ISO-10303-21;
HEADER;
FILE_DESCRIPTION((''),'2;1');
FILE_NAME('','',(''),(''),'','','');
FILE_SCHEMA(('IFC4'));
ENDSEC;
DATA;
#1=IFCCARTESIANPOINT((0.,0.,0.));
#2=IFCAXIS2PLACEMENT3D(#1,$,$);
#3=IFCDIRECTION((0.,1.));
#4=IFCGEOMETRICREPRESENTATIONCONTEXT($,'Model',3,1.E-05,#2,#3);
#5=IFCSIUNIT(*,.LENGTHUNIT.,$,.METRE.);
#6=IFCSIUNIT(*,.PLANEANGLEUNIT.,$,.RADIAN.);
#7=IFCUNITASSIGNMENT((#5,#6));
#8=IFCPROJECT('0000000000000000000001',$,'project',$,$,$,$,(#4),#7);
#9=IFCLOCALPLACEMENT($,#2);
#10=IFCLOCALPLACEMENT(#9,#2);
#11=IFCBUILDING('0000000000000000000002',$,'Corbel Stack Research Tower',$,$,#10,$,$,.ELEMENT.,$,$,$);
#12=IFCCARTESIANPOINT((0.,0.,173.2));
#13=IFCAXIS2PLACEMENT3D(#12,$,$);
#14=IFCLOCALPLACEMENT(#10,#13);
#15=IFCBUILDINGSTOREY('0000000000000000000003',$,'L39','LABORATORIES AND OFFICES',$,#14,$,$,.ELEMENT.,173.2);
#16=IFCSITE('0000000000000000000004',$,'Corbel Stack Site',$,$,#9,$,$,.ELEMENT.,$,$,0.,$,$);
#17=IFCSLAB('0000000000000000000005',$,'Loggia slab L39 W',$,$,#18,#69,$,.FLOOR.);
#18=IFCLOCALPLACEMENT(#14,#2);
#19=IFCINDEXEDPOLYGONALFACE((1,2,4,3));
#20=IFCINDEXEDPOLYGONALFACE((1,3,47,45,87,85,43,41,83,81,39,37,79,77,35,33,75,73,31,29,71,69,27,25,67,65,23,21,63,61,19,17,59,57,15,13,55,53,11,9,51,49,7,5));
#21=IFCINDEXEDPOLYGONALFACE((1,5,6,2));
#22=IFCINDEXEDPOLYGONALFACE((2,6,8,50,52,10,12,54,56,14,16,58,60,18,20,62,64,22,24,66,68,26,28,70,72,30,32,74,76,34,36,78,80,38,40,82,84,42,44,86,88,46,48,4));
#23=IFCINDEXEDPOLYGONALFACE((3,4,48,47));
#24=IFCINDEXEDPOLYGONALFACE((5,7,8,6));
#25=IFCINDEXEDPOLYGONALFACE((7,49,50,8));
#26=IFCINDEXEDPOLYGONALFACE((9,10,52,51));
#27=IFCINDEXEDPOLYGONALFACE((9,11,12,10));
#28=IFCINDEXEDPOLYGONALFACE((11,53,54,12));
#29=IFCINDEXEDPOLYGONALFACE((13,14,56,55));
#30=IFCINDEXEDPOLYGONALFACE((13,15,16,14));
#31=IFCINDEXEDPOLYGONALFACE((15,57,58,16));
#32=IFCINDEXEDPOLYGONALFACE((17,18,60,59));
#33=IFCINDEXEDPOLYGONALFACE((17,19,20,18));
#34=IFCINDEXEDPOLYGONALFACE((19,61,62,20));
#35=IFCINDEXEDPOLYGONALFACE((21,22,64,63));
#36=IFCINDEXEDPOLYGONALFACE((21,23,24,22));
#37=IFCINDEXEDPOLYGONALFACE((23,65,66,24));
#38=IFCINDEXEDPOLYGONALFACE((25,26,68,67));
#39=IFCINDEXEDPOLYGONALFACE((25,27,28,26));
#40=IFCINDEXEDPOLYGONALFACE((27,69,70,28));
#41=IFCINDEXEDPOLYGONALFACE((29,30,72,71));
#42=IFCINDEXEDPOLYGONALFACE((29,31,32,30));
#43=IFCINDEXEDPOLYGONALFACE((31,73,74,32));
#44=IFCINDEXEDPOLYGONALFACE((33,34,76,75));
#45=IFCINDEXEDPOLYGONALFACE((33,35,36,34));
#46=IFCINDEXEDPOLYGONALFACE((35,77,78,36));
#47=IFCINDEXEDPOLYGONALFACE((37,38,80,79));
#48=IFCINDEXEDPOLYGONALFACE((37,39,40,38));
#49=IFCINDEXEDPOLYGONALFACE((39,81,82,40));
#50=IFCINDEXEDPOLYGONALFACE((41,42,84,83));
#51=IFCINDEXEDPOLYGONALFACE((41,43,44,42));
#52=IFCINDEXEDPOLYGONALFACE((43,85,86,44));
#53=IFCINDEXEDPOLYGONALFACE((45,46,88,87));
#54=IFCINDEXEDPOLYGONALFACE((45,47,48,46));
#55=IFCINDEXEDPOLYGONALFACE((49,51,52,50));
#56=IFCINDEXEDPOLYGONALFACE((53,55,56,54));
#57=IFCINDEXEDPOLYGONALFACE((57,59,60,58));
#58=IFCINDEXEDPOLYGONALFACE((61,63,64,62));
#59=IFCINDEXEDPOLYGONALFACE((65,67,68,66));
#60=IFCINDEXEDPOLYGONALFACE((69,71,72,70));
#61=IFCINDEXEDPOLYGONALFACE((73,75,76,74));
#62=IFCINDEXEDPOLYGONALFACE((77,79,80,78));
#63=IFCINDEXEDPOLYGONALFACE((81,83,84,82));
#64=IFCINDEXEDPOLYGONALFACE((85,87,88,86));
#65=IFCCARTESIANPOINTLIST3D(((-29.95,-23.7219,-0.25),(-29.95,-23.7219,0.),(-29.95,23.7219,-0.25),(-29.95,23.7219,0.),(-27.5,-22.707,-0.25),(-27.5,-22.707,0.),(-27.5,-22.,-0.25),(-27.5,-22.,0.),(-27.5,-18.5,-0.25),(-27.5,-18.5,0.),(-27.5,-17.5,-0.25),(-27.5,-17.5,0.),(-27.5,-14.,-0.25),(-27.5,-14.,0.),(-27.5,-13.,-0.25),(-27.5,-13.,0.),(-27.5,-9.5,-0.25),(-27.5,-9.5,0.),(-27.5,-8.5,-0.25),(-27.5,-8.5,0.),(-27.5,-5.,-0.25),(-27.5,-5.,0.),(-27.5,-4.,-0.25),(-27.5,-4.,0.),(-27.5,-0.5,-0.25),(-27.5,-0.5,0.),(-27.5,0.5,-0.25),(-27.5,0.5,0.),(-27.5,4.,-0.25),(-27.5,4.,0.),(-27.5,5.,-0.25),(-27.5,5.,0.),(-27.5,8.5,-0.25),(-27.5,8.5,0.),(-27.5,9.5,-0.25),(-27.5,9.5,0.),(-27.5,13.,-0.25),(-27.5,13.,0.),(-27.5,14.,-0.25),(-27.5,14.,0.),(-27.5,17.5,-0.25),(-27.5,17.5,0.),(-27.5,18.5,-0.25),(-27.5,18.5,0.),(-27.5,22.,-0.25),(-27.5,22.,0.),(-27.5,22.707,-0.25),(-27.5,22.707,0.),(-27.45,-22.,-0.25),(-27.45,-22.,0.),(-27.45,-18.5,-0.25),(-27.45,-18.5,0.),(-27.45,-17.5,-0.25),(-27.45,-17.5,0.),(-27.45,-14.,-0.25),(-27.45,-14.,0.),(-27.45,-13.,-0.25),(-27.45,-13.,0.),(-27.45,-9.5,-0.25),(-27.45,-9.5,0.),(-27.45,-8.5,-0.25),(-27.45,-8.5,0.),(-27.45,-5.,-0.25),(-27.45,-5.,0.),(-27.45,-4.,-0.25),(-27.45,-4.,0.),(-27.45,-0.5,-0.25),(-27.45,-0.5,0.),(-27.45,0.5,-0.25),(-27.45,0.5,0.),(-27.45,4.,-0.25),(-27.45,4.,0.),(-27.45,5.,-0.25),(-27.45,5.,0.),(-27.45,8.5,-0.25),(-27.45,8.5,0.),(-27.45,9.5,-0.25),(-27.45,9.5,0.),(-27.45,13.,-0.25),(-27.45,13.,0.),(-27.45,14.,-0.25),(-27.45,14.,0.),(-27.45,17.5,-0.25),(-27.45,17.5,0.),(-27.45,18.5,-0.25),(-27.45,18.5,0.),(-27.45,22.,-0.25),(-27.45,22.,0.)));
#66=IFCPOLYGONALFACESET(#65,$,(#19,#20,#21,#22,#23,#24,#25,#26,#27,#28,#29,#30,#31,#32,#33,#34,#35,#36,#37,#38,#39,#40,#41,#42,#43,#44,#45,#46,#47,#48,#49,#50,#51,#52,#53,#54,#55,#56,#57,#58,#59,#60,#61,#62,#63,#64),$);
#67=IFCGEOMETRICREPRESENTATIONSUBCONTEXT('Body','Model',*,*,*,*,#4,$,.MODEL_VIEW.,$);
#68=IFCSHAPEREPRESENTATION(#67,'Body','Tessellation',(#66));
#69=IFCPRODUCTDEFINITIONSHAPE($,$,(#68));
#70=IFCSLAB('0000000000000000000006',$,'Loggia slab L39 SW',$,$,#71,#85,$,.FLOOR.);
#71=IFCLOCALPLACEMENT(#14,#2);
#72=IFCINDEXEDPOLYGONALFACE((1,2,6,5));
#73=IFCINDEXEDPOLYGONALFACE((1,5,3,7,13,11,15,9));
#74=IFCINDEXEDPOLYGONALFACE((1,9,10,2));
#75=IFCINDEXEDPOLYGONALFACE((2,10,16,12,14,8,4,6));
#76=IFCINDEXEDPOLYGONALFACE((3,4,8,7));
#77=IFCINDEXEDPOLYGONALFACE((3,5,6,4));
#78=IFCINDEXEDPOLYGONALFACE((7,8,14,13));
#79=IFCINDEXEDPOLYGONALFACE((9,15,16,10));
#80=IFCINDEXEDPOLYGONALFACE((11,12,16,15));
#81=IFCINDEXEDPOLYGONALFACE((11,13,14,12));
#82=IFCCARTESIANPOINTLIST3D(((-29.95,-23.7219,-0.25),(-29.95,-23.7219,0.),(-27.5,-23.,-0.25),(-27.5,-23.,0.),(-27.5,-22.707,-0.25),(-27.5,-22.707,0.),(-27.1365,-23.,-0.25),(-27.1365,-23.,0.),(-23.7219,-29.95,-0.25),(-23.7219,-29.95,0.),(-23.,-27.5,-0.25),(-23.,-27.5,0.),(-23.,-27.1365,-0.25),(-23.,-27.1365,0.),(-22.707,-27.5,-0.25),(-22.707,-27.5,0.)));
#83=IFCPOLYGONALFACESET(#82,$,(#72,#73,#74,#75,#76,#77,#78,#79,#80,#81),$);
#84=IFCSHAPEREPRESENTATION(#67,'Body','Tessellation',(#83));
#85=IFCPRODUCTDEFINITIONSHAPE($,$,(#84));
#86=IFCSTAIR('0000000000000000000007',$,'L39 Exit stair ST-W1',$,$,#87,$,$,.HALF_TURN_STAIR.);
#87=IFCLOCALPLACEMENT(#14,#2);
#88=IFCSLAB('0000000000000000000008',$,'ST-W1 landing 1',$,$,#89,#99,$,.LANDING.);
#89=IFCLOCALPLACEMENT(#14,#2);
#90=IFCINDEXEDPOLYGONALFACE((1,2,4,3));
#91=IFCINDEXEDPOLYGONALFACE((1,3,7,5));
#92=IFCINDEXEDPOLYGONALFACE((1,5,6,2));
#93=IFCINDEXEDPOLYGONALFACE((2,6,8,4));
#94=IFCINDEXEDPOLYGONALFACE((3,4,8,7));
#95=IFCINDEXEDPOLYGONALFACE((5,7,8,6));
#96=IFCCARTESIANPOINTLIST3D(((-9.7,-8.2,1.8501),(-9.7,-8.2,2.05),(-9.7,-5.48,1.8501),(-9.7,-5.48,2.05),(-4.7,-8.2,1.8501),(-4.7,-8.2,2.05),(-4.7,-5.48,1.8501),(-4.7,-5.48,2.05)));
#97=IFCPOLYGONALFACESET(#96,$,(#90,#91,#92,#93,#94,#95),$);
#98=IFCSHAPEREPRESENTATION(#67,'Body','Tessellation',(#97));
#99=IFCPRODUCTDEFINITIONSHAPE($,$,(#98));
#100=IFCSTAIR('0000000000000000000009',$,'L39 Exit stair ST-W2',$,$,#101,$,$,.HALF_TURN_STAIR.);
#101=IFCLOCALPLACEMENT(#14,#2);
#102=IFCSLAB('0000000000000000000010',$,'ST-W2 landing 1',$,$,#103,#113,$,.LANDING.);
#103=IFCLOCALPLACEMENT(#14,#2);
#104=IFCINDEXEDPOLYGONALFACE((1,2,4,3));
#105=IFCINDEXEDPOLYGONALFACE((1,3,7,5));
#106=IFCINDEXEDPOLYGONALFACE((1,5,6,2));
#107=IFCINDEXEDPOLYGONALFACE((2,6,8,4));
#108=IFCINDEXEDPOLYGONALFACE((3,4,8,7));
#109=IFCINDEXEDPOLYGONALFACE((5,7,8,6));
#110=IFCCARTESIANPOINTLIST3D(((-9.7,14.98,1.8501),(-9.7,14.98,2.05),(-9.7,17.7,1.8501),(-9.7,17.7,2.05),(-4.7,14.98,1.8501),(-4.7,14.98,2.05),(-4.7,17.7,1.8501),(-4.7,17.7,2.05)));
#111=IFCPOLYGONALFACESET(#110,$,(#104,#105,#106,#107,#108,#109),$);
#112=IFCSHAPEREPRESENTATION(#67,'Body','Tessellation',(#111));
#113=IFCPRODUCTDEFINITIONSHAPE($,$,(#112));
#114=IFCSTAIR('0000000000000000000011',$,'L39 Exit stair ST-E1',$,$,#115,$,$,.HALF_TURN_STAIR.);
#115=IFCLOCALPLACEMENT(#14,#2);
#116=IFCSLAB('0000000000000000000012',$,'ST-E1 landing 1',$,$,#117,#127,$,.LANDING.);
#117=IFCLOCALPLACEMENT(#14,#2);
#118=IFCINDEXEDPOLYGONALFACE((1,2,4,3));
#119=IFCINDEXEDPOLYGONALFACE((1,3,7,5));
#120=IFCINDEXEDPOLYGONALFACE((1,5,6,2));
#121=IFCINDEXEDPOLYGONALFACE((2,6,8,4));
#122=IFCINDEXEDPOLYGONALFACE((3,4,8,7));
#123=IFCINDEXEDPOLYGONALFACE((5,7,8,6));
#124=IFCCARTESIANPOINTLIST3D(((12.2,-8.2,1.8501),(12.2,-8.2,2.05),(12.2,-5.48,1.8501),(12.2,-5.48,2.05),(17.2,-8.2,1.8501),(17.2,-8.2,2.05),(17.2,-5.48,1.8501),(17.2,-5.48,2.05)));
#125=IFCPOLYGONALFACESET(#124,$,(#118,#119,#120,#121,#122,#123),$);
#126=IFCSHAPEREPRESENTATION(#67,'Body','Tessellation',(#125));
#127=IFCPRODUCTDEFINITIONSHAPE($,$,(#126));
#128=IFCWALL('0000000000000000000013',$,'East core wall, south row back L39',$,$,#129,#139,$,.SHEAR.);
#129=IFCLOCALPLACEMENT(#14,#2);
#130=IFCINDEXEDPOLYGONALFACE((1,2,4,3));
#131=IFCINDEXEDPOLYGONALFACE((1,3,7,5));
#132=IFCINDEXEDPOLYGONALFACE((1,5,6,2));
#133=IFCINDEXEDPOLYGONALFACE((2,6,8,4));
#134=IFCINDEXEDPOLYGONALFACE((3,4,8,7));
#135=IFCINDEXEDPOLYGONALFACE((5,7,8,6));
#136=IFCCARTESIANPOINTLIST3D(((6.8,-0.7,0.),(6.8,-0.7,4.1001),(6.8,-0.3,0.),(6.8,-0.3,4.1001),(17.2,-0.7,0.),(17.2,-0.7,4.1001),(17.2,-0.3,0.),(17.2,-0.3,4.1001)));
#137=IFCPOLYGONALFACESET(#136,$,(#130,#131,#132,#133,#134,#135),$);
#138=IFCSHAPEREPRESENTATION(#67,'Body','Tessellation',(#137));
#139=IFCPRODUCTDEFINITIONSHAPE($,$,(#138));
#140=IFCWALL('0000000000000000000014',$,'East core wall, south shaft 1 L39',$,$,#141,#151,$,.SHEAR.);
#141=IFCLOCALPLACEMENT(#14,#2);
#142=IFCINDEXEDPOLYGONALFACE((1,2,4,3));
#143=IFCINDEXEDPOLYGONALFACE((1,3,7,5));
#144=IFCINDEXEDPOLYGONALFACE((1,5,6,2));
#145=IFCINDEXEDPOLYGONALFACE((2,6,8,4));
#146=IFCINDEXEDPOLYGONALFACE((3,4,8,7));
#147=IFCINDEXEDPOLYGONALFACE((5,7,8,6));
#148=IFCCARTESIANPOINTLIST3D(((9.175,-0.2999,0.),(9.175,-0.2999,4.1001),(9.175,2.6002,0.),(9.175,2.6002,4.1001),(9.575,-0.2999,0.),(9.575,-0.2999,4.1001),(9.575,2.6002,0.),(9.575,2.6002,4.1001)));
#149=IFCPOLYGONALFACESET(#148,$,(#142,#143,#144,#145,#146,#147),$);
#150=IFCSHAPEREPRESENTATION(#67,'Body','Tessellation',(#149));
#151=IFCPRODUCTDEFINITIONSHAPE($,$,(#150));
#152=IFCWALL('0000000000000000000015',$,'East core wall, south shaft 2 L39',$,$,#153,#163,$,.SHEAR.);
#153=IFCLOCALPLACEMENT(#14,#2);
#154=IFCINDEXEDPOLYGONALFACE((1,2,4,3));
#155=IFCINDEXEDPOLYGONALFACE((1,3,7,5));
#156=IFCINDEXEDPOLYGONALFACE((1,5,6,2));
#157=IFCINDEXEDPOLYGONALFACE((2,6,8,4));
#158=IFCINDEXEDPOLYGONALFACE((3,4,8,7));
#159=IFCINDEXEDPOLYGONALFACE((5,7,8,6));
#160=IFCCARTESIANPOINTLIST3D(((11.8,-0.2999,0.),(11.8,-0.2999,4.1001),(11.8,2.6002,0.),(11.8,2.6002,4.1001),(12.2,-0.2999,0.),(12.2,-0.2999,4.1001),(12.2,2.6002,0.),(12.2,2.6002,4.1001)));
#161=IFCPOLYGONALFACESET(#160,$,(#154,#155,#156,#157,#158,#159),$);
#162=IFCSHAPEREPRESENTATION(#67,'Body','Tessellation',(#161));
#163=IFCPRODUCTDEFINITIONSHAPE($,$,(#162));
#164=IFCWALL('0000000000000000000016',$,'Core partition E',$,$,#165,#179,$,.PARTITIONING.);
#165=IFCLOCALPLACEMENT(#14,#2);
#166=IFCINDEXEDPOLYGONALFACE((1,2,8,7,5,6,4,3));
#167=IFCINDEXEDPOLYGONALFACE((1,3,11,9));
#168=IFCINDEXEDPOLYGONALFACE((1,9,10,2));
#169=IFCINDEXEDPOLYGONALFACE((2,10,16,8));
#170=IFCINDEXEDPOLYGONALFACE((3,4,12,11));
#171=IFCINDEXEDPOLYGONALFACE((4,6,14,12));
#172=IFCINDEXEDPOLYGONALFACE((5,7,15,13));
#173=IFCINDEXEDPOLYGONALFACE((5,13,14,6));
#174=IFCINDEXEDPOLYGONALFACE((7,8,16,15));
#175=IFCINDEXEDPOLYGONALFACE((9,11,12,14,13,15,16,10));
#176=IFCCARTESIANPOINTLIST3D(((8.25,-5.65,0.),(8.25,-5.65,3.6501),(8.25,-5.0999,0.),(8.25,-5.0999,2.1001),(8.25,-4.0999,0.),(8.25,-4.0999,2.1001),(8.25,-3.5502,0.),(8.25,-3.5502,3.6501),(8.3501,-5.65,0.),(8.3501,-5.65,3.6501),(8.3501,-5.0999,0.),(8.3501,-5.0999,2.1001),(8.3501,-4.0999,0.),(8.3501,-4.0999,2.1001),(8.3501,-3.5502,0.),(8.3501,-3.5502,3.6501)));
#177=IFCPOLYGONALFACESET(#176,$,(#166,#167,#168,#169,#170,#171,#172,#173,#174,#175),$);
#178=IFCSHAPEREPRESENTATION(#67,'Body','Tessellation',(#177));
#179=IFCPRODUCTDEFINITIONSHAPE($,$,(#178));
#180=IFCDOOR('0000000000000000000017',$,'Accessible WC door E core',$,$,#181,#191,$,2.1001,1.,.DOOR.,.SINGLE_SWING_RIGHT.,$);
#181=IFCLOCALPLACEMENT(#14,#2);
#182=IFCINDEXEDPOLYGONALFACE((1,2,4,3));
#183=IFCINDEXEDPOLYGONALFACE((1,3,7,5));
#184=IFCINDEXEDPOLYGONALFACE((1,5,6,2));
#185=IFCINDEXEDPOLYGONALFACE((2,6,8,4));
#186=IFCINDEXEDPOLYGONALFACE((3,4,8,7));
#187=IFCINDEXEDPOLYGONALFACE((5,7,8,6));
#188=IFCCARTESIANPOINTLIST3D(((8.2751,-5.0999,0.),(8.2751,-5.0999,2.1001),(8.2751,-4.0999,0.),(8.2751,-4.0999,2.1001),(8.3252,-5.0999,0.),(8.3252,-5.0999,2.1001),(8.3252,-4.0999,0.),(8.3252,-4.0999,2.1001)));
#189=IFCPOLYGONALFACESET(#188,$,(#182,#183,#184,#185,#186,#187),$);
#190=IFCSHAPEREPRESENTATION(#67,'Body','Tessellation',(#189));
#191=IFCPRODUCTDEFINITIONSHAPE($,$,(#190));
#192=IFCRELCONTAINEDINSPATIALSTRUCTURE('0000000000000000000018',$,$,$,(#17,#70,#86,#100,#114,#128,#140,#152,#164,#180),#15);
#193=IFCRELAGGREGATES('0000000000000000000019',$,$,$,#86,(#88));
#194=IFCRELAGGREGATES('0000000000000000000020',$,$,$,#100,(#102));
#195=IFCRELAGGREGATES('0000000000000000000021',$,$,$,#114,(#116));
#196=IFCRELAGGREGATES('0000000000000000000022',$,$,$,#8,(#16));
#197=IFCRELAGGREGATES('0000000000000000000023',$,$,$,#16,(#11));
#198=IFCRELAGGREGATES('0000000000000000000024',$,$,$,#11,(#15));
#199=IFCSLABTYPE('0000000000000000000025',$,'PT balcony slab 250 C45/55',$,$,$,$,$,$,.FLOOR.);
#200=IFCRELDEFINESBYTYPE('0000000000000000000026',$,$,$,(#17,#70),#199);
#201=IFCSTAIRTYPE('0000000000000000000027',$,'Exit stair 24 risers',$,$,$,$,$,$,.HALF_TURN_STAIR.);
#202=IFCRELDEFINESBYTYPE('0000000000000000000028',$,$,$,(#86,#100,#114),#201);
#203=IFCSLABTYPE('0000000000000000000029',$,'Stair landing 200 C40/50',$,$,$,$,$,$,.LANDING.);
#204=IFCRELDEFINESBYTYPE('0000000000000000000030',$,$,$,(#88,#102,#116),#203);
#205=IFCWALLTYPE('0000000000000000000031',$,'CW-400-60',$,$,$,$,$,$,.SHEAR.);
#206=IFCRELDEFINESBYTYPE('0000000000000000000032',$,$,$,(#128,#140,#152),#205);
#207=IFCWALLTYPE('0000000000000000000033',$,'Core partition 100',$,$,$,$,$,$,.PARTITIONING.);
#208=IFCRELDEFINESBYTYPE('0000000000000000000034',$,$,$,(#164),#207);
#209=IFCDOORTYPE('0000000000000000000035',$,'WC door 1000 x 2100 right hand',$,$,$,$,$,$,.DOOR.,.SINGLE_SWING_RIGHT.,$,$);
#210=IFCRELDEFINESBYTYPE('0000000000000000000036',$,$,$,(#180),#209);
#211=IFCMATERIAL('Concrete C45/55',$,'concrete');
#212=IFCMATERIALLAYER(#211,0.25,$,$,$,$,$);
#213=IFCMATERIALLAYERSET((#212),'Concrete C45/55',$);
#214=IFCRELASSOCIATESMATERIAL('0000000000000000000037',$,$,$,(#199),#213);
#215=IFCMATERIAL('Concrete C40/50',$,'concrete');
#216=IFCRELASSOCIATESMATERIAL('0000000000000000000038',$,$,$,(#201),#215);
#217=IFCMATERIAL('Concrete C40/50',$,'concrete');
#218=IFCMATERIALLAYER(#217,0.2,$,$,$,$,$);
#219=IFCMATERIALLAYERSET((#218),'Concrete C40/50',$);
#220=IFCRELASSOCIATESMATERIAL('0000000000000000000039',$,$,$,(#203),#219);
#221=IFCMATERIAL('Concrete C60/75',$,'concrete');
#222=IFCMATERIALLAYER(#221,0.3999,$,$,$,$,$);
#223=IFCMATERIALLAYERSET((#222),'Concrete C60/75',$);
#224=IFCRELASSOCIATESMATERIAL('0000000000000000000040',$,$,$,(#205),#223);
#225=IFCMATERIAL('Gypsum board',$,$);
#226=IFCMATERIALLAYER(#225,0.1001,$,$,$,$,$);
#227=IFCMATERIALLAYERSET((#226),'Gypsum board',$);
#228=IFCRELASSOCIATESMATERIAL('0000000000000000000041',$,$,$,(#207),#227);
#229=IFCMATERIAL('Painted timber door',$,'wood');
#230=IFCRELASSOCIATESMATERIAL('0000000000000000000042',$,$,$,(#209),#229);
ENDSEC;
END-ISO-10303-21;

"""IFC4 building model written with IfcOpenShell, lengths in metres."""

from ifc_helpers import new_model, si_unit, direction, frame, frame_2d, origin, place, context, subcontext, project, spatial, polyline, rectangle, outline, extrude, material, layer, layer_set, type_object, element, fill, aggregate, save


model = new_model("IFC4")

# Units and contexts
model_context = context("Model", 3, precision=1e-05, world=origin(), true_north=direction((0.0, 1.0)))
body_context = subcontext(model_context, "Body", "Model", "MODEL_VIEW")
ifc_project = project(units=[si_unit("LENGTHUNIT", "METRE"), si_unit("PLANEANGLEUNIT", "RADIAN")], contexts=[model_context])

# Site, building, storey
site_placement = place(None, origin())
site = spatial("IfcSite", under=ifc_project, at=site_placement, Name="Corbel Stack Site", CompositionType="ELEMENT", RefElevation=0.0)
building_placement = place(site_placement, origin())
building = spatial("IfcBuilding", under=site, at=building_placement, Name="Corbel Stack Research Tower", CompositionType="ELEMENT")
storey_placement = place(building_placement, frame((0.0, 0.0, 173.2)))
storey = spatial("IfcBuildingStorey", under=building, at=storey_placement, Name="L39", Description="LABORATORIES AND OFFICES", CompositionType="ELEMENT", Elevation=173.2)

# Slabs
ifc_material_1 = material(Name="Concrete C45/55", Category="concrete")
ifc_layer_1 = layer(ifc_material_1, 0.25)
ifc_layer_set_1 = layer_set([ifc_layer_1], Name="Concrete C45/55")
slab_type_1 = type_object("IfcSlabType", Name="PT balcony slab 250 C45/55", PredefinedType="FLOOR", material=ifc_layer_set_1)
slab_1_placement = place(storey_placement, frame((0.0, 0.0, -0.25)))
element("IfcSlab", 1, at=slab_1_placement, inside=storey, type_object=slab_type_1, Name="Loggia slab L39 W", PredefinedType="FLOOR", context=body_context, shape_type="SweptSolid", body=[
    extrude(outline(polyline([(-27.5, -22.707), (-27.5, -22.0), (-27.45, -22.0), (-27.45, -18.5), (-27.5, -18.5), (-27.5, -17.5), (-27.45, -17.5), (-27.45, -14.0), (-27.5, -14.0), (-27.5, -13.0), (-27.45, -13.0), (-27.45, -9.5), (-27.5, -9.5), (-27.5, -8.5), (-27.45, -8.5), (-27.45, -5.0), (-27.5, -5.0), (-27.5, -4.0), (-27.45, -4.0), (-27.45, -0.5), (-27.5, -0.5), (-27.5, 0.5), (-27.45, 0.5), (-27.45, 4.0), (-27.5, 4.0), (-27.5, 5.0), (-27.45, 5.0), (-27.45, 8.5), (-27.5, 8.5), (-27.5, 9.5), (-27.45, 9.5), (-27.45, 13.0), (-27.5, 13.0), (-27.5, 14.0), (-27.45, 14.0), (-27.45, 17.5), (-27.5, 17.5), (-27.5, 18.5), (-27.45, 18.5), (-27.45, 22.0), (-27.5, 22.0), (-27.5, 22.707), (-29.95, 23.7219), (-29.95, -23.7219), (-27.5, -22.707)])), origin(), (0.0, 0.0, 1.0), 0.25),
])
slab_2_placement = place(storey_placement, frame((0.0, 0.0, -0.25)))
element("IfcSlab", 2, at=slab_2_placement, inside=storey, type_object=slab_type_1, Name="Loggia slab L39 SW", PredefinedType="FLOOR", context=body_context, shape_type="SweptSolid", body=[
    extrude(outline(polyline([(-22.707, -27.5), (-23.0, -27.5), (-23.0, -27.1365), (-27.1365, -23.0), (-27.5, -23.0), (-27.5, -22.707), (-29.95, -23.7219), (-23.7219, -29.95), (-22.707, -27.5)])), origin(), (0.0, 0.0, 1.0), 0.25),
])

# Stairs, slabs
ifc_material_2 = material(Name="Concrete C40/50", Category="concrete")
stair_type = type_object("IfcStairType", Name="Exit stair 24 risers", PredefinedType="HALF_TURN_STAIR", material=ifc_material_2)
stair_1_placement = place(storey_placement, origin())
stair_1 = element("IfcStair", 3, at=stair_1_placement, inside=storey, type_object=stair_type, Name="L39 Exit stair ST-W1", PredefinedType="HALF_TURN_STAIR")
ifc_material_3 = material(Name="Concrete C40/50", Category="concrete")
ifc_layer_2 = layer(ifc_material_3, 0.2)
ifc_layer_set_2 = layer_set([ifc_layer_2], Name="Concrete C40/50")
slab_type_2 = type_object("IfcSlabType", Name="Stair landing 200 C40/50", PredefinedType="LANDING", material=ifc_layer_set_2)
slab_3_placement = place(storey_placement, frame((0.0, 0.0, 1.8501)))
slab_3 = element("IfcSlab", 4, at=slab_3_placement, type_object=slab_type_2, Name="ST-W1 landing 1", PredefinedType="LANDING", context=body_context, shape_type="SweptSolid", body=[
    extrude(outline(polyline([(-9.7, -8.2), (-9.7, -5.48), (-4.7, -5.48), (-4.7, -8.2), (-9.7, -8.2)])), origin(), (0.0, 0.0, 1.0), 0.2),
])
aggregate(stair_1, [slab_3])
stair_2_placement = place(storey_placement, origin())
stair_2 = element("IfcStair", 5, at=stair_2_placement, inside=storey, type_object=stair_type, Name="L39 Exit stair ST-W2", PredefinedType="HALF_TURN_STAIR")
slab_4_placement = place(storey_placement, frame((0.0, 0.0, 1.8501)))
slab_4 = element("IfcSlab", 6, at=slab_4_placement, type_object=slab_type_2, Name="ST-W2 landing 1", PredefinedType="LANDING", context=body_context, shape_type="SweptSolid", body=[
    extrude(outline(polyline([(-9.7, 14.98), (-9.7, 17.7), (-4.7, 17.7), (-4.7, 14.98), (-9.7, 14.98)])), origin(), (0.0, 0.0, 1.0), 0.2),
])
aggregate(stair_2, [slab_4])
stair_3_placement = place(storey_placement, origin())
stair_3 = element("IfcStair", 7, at=stair_3_placement, inside=storey, type_object=stair_type, Name="L39 Exit stair ST-E1", PredefinedType="HALF_TURN_STAIR")
slab_5_placement = place(storey_placement, frame((0.0, 0.0, 1.8501)))
slab_5 = element("IfcSlab", 8, at=slab_5_placement, type_object=slab_type_2, Name="ST-E1 landing 1", PredefinedType="LANDING", context=body_context, shape_type="SweptSolid", body=[
    extrude(outline(polyline([(12.2, -8.2), (12.2, -5.48), (17.2, -5.48), (17.2, -8.2), (12.2, -8.2)])), origin(), (0.0, 0.0, 1.0), 0.2),
])

# Walls
ifc_material_4 = material(Name="Concrete C60/75", Category="concrete")
ifc_layer_3 = layer(ifc_material_4, 0.3999)
ifc_layer_set_3 = layer_set([ifc_layer_3], Name="Concrete C60/75")
wall_type_1 = type_object("IfcWallType", Name="CW-400-60", PredefinedType="SHEAR", material=ifc_layer_set_3)
wall_1_placement = place(storey_placement, frame((6.8, -0.5, 0.0), z_axis=(0.0, 0.0, 1.0), x_axis=(1.0, 0.0, 0.0)))
element("IfcWall", 9, at=wall_1_placement, inside=storey, type_object=wall_type_1, Name="East core wall, south row back L39", PredefinedType="SHEAR", context=body_context, shape_type="SweptSolid", body=[
    extrude(rectangle(XDim=10.3999, YDim=0.3999, at=frame_2d((5.2, 0.0))), origin(), (0.0, 0.0, 1.0), 4.1001),
])
for number, where, z_axis, x_axis, name in (
    (10, (9.375, -0.3, 0.0), (0.0, 0.0, 1.0), (0.0, 1.0, 0.0), "East core wall, south shaft 1 L39"),
    (11, (12.0, -0.3, 0.0), (0.0, 0.0, 1.0), (0.0, 1.0, 0.0), "East core wall, south shaft 2 L39"),
):
    element("IfcWall", number, at=place(storey_placement, frame(where, z_axis=z_axis, x_axis=x_axis)), inside=storey, type_object=wall_type_1, Name=name, PredefinedType="SHEAR", context=body_context, shape_type="SweptSolid", body=[
        extrude(rectangle(XDim=2.9001, YDim=0.3999, at=frame_2d((1.4502, 0.0))), origin(), (0.0, 0.0, 1.0), 4.1001),
    ])

# Wall, opening, door
ifc_material_5 = material(Name="Gypsum board")
ifc_layer_4 = layer(ifc_material_5, 0.1001)
ifc_layer_set_4 = layer_set([ifc_layer_4], Name="Gypsum board")
wall_type_2 = type_object("IfcWallType", Name="Core partition 100", PredefinedType="PARTITIONING", material=ifc_layer_set_4)
wall_2_placement = place(storey_placement, frame((8.3, -5.6499, 0.0), z_axis=(0.0, 0.0, 1.0), x_axis=(0.0, 1.0, 0.0)))
wall_2 = element("IfcWall", 12, at=wall_2_placement, inside=storey, type_object=wall_type_2, Name="Core partition E", PredefinedType="PARTITIONING", context=body_context, shape_type="SweptSolid", body=[
    extrude(rectangle(XDim=2.0999, YDim=0.1001, at=frame_2d((1.0498, 0.0))), origin(), (0.0, 0.0, 1.0), 3.6501),
])
opening_1_placement = place(wall_2_placement, frame((0.55, 0.0, 0.0)))
opening_1 = element("IfcOpeningElement", 13, at=opening_1_placement, cuts=wall_2, PredefinedType="OPENING", context=body_context, shape_type="SweptSolid", body=[
    extrude(rectangle(XDim=1.0, YDim=2.1001, at=frame_2d((0.5, 1.05))), frame((0.0, 0.0601, 0.0), z_axis=(0.0, -1.0, 0.0), x_axis=(1.0, 0.0, 0.0)), (0.0, 0.0, 1.0), 0.1201),
])
ifc_material_6 = material(Name="Painted timber door", Category="wood")
door_type_1 = type_object("IfcDoorType", Name="WC door 1000 x 2100 right hand", OperationType="SINGLE_SWING_RIGHT", PredefinedType="DOOR", material=ifc_material_6)
door_1_placement = place(opening_1_placement, origin())
door_1 = element("IfcDoor", 14, at=door_1_placement, inside=storey, type_object=door_type_1, Name="Accessible WC door E core", OperationType="SINGLE_SWING_RIGHT", OverallHeight=2.1001, OverallWidth=1.0, PredefinedType="DOOR", context=body_context, shape_type="SweptSolid", body=[
    extrude(rectangle(XDim=1.0, YDim=2.1001, at=frame_2d((0.5, 1.05))), frame((0.0, 0.0249, 0.0), z_axis=(0.0, -1.0, 0.0), x_axis=(1.0, 0.0, 0.0)), (0.0, 0.0, 1.0), 0.05),
])
fill(opening_1, door_1)

aggregate(stair_3, [slab_5])

save(model, "model.ifc")
